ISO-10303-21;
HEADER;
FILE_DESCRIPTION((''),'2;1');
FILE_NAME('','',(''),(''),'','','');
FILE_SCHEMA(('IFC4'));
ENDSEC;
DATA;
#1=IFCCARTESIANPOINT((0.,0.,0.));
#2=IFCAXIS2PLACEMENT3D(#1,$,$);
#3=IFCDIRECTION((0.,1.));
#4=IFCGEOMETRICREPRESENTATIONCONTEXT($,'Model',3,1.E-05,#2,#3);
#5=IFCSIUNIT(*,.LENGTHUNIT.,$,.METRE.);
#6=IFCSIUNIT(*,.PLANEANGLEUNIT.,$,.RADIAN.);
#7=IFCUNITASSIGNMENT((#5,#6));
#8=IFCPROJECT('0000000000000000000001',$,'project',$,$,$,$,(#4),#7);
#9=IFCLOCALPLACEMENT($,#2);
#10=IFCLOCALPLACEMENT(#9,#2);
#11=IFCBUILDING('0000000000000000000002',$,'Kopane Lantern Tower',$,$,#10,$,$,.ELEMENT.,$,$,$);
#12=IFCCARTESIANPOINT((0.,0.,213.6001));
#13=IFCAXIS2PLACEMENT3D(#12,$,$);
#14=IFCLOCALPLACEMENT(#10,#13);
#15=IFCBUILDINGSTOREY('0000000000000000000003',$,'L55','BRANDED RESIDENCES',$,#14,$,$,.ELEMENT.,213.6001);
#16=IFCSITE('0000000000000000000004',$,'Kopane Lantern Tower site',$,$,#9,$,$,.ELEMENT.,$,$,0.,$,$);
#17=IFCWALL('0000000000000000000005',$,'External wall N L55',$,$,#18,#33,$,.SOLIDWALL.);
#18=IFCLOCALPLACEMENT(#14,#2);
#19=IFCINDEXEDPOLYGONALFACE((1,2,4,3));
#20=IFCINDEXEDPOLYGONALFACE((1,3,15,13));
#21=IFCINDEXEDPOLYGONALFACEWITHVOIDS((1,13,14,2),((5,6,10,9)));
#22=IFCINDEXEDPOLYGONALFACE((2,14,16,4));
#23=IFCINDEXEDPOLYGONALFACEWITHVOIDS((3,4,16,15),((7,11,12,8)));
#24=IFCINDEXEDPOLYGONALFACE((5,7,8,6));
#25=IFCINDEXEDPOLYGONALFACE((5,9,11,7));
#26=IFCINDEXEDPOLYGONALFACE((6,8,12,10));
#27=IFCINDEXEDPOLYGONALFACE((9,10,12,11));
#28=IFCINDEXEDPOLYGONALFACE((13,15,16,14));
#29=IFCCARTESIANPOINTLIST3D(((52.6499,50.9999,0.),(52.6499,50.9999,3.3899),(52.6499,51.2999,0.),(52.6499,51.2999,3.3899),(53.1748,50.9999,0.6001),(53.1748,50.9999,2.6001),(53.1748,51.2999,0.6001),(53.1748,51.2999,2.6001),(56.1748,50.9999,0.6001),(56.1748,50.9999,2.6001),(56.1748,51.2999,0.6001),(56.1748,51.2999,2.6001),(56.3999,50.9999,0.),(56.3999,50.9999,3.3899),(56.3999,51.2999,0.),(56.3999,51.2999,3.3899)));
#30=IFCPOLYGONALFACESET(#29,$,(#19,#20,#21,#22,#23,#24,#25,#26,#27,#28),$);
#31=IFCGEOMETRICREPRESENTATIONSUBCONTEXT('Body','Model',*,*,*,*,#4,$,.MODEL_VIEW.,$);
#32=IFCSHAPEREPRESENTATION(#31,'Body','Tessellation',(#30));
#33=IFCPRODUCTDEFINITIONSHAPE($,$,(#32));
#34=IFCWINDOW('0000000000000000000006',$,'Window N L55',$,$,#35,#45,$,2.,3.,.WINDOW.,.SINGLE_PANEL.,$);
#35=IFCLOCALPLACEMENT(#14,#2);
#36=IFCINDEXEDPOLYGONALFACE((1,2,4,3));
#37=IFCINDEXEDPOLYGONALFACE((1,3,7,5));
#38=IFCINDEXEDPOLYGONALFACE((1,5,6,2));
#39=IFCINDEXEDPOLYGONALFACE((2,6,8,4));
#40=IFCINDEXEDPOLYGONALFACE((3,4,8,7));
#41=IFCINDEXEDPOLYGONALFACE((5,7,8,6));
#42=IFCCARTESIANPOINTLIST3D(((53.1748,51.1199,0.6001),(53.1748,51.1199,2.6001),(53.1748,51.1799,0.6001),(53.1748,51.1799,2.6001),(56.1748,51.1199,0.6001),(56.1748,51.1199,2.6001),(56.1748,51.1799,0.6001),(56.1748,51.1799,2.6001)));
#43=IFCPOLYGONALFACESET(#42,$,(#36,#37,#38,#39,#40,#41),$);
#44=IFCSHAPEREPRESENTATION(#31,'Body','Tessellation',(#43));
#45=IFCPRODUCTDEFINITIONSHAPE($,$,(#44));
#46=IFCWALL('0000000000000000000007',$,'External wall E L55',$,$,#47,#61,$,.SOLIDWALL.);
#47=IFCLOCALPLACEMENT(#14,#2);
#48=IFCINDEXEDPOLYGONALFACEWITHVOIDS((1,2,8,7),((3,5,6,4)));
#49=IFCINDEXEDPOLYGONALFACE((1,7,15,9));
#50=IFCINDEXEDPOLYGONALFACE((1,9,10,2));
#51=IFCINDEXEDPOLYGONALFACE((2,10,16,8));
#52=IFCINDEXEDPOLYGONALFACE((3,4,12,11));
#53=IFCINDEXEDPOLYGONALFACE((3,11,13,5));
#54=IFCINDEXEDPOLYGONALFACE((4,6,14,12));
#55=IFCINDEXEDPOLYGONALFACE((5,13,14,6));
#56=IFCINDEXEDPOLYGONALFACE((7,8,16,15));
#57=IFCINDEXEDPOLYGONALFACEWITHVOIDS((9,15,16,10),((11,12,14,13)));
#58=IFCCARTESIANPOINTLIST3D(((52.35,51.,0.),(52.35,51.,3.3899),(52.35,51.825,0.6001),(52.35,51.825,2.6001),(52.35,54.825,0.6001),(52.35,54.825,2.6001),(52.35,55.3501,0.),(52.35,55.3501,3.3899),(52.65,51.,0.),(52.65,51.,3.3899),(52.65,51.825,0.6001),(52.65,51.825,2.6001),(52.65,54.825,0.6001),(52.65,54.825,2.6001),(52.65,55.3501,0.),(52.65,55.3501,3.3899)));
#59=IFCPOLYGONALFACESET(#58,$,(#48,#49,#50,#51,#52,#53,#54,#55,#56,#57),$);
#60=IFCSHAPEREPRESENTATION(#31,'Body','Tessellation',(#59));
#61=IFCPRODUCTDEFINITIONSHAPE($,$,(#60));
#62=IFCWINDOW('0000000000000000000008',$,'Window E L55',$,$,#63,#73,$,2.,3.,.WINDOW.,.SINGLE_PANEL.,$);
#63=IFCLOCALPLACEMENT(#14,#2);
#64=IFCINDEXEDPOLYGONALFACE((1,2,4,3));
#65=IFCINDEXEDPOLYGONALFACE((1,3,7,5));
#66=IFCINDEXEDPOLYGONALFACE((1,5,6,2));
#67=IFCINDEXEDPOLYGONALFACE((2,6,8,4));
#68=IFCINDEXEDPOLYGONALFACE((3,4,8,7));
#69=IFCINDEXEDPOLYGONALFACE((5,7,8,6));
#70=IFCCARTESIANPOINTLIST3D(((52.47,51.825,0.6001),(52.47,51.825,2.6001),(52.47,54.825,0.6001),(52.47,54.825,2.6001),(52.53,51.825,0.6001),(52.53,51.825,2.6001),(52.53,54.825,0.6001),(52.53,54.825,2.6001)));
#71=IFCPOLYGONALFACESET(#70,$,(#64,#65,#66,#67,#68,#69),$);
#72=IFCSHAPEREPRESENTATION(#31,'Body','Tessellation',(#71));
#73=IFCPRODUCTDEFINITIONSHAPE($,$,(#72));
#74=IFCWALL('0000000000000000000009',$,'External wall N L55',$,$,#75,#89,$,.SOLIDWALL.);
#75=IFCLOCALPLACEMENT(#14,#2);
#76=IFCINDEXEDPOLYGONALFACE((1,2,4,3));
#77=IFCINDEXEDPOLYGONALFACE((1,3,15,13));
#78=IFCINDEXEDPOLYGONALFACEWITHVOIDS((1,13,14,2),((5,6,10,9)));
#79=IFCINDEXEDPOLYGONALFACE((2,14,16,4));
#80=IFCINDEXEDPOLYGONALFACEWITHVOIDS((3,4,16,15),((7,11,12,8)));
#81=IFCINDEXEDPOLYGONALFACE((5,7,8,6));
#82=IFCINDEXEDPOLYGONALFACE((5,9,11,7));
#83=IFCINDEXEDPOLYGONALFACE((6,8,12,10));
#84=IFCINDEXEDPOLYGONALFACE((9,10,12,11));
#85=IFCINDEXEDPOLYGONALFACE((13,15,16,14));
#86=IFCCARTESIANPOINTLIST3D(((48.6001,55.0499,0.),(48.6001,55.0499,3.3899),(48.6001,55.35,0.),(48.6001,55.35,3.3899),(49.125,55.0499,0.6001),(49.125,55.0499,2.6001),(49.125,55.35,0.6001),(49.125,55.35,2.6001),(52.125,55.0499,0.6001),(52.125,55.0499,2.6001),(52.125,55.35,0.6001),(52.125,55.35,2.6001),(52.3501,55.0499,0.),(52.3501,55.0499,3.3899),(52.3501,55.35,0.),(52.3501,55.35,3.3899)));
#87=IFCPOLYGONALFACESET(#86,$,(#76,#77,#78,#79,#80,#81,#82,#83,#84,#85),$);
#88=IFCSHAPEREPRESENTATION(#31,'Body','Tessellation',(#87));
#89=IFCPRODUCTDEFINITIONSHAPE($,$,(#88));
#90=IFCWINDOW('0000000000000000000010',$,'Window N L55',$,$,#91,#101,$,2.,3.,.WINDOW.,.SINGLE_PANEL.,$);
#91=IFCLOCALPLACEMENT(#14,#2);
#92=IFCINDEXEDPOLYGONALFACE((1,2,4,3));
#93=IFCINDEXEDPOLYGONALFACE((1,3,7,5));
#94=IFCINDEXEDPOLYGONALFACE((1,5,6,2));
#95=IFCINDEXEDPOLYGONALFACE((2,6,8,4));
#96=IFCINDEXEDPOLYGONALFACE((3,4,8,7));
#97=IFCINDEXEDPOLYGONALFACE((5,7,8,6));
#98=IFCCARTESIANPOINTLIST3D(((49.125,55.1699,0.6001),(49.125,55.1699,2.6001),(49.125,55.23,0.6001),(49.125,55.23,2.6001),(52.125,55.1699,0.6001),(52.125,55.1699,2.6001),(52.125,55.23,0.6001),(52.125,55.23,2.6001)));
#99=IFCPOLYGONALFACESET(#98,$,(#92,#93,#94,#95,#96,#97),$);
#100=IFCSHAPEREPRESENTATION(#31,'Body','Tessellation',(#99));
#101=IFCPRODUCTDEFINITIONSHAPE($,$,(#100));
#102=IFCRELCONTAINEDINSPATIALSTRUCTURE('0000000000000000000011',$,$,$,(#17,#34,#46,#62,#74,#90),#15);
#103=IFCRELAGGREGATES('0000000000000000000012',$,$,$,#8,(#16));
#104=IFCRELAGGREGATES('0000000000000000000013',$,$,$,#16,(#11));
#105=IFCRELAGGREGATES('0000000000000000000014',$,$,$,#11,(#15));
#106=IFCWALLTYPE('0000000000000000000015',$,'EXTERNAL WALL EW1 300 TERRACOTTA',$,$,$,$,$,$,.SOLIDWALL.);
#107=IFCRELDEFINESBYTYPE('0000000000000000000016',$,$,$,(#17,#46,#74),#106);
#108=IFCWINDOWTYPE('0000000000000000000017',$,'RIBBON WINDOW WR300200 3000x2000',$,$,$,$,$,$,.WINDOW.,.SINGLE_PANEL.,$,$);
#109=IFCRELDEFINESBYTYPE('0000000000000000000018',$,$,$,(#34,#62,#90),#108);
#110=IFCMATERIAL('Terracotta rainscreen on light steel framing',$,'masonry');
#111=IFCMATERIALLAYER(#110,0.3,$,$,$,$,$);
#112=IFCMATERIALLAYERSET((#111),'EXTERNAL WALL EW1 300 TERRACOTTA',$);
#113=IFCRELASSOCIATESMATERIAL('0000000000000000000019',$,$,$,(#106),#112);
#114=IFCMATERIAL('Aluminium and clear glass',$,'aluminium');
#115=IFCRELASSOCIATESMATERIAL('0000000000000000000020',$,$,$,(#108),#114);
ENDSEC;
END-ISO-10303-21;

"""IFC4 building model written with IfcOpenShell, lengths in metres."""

from ifc_helpers import new_model, si_unit, direction, frame, frame_2d, origin, place, context, subcontext, project, spatial, rectangle, extrude, material, layer, layer_set, type_object, element, fill, save


model = new_model("IFC4")

# Units and contexts
model_context = context("Model", 3, precision=1e-05, world=origin(), true_north=direction((0.0, 1.0)))
body_context = subcontext(model_context, "Body", "Model", "MODEL_VIEW")
ifc_project = project(units=[si_unit("LENGTHUNIT", "METRE"), si_unit("PLANEANGLEUNIT", "RADIAN")], contexts=[model_context])

# Site, building, storey
site_placement = place(None, origin())
site = spatial("IfcSite", under=ifc_project, at=site_placement, Name="Kopane Lantern Tower site", CompositionType="ELEMENT", RefElevation=0.0)
building_placement = place(site_placement, origin())
building = spatial("IfcBuilding", under=site, at=building_placement, Name="Kopane Lantern Tower", CompositionType="ELEMENT")
storey_placement = place(building_placement, frame((0.0, 0.0, 213.6001)))
storey = spatial("IfcBuildingStorey", under=building, at=storey_placement, Name="L55", Description="BRANDED RESIDENCES", CompositionType="ELEMENT", Elevation=213.6001)

# Walls, openings, windows
ifc_material_1 = material(Name="Terracotta rainscreen on light steel framing", Category="masonry")
ifc_layer = layer(ifc_material_1, 0.3)
ifc_layer_set = layer_set([ifc_layer], Name="EXTERNAL WALL EW1 300 TERRACOTTA")
wall_type = type_object("IfcWallType", Name="EXTERNAL WALL EW1 300 TERRACOTTA", PredefinedType="SOLIDWALL", material=ifc_layer_set)
wall_1_placement = place(storey_placement, frame((56.3999, 51.1499, 0.0), z_axis=(0.0, 0.0, 1.0), x_axis=(-1.0, 0.0, 0.0)))
wall_1 = element("IfcWall", 1, at=wall_1_placement, inside=storey, type_object=wall_type, Name="External wall N L55", PredefinedType="SOLIDWALL", context=body_context, shape_type="SweptSolid", body=[
    extrude(rectangle(XDim=3.75, YDim=0.3, at=frame_2d((1.875, 0.0))), origin(), (0.0, 0.0, 1.0), 3.3899),
])
opening_1_placement = place(wall_1_placement, frame((0.2251, 0.0, 0.6001)))
opening_1 = element("IfcOpeningElement", 2, at=opening_1_placement, cuts=wall_1, PredefinedType="OPENING", context=body_context, shape_type="SweptSolid", body=[
    extrude(rectangle(XDim=3.0, YDim=2.0, at=frame_2d((1.5, 1.0))), frame((0.0, 0.1599, 0.0), z_axis=(0.0, -1.0, 0.0), x_axis=(1.0, 0.0, 0.0)), (0.0, 0.0, 1.0), 0.3201),
])
ifc_material_2 = material(Name="Aluminium and clear glass", Category="aluminium")
window_type = type_object("IfcWindowType", Name="RIBBON WINDOW WR300200 3000x2000", PartitioningType="SINGLE_PANEL", PredefinedType="WINDOW", material=ifc_material_2)
window_1_placement = place(opening_1_placement, origin())
window_1 = element("IfcWindow", 3, at=window_1_placement, inside=storey, type_object=window_type, Name="Window N L55", OverallHeight=2.0, OverallWidth=3.0, PartitioningType="SINGLE_PANEL", PredefinedType="WINDOW", context=body_context, shape_type="SweptSolid", body=[
    extrude(rectangle(XDim=3.0, YDim=2.0, at=frame_2d((1.5, 1.0))), frame((0.0, 0.03, 0.0), z_axis=(0.0, -1.0, 0.0), x_axis=(1.0, 0.0, 0.0)), (0.0, 0.0, 1.0), 0.0601),
])
fill(opening_1, window_1)
wall_2_placement = place(storey_placement, frame((52.5, 51.0, 0.0), z_axis=(0.0, 0.0, 1.0), x_axis=(0.0, 1.0, 0.0)))
wall_2 = element("IfcWall", 4, at=wall_2_placement, inside=storey, type_object=wall_type, Name="External wall E L55", PredefinedType="SOLIDWALL", context=body_context, shape_type="SweptSolid", body=[
    extrude(rectangle(XDim=4.3501, YDim=0.3, at=frame_2d((2.175, 0.0))), origin(), (0.0, 0.0, 1.0), 3.3899),
])
opening_2_placement = place(wall_2_placement, frame((0.825, 0.0, 0.6001)))
opening_2 = element("IfcOpeningElement", 5, at=opening_2_placement, cuts=wall_2, PredefinedType="OPENING", context=body_context, shape_type="SweptSolid", body=[
    extrude(rectangle(XDim=3.0, YDim=2.0, at=frame_2d((1.5, 1.0))), frame((0.0, 0.1599, 0.0), z_axis=(0.0, -1.0, 0.0), x_axis=(1.0, 0.0, 0.0)), (0.0, 0.0, 1.0), 0.3201),
])
window_2_placement = place(opening_2_placement, origin())
window_2 = element("IfcWindow", 6, at=window_2_placement, inside=storey, type_object=window_type, Name="Window E L55", OverallHeight=2.0, OverallWidth=3.0, PartitioningType="SINGLE_PANEL", PredefinedType="WINDOW", context=body_context, shape_type="SweptSolid", body=[
    extrude(rectangle(XDim=3.0, YDim=2.0, at=frame_2d((1.5, 1.0))), frame((0.0, 0.03, 0.0), z_axis=(0.0, -1.0, 0.0), x_axis=(1.0, 0.0, 0.0)), (0.0, 0.0, 1.0), 0.0601),
])
fill(opening_2, window_2)
wall_3_placement = place(storey_placement, frame((52.3501, 55.2, 0.0), z_axis=(0.0, 0.0, 1.0), x_axis=(-1.0, 0.0, 0.0)))
wall_3 = element("IfcWall", 7, at=wall_3_placement, inside=storey, type_object=wall_type, Name="External wall N L55", PredefinedType="SOLIDWALL", context=body_context, shape_type="SweptSolid", body=[
    extrude(rectangle(XDim=3.75, YDim=0.3, at=frame_2d((1.875, 0.0))), origin(), (0.0, 0.0, 1.0), 3.3899),
])
opening_3_placement = place(wall_3_placement, frame((0.2251, 0.0, 0.6001)))
opening_3 = element("IfcOpeningElement", 8, at=opening_3_placement, cuts=wall_3, PredefinedType="OPENING", context=body_context, shape_type="SweptSolid", body=[
    extrude(rectangle(XDim=3.0, YDim=2.0, at=frame_2d((1.5, 1.0))), frame((0.0, 0.1599, 0.0), z_axis=(0.0, -1.0, 0.0), x_axis=(1.0, 0.0, 0.0)), (0.0, 0.0, 1.0), 0.3201),
])
window_3_placement = place(opening_3_placement, origin())
window_3 = element("IfcWindow", 9, at=window_3_placement, inside=storey, type_object=window_type, Name="Window N L55", OverallHeight=2.0, OverallWidth=3.0, PartitioningType="SINGLE_PANEL", PredefinedType="WINDOW", context=body_context, shape_type="SweptSolid", body=[
    extrude(rectangle(XDim=3.0, YDim=2.0, at=frame_2d((1.5, 1.0))), frame((0.0, 0.03, 0.0), z_axis=(0.0, -1.0, 0.0), x_axis=(1.0, 0.0, 0.0)), (0.0, 0.0, 1.0), 0.0601),
])
fill(opening_3, window_3)

save(model, "model.ifc")
